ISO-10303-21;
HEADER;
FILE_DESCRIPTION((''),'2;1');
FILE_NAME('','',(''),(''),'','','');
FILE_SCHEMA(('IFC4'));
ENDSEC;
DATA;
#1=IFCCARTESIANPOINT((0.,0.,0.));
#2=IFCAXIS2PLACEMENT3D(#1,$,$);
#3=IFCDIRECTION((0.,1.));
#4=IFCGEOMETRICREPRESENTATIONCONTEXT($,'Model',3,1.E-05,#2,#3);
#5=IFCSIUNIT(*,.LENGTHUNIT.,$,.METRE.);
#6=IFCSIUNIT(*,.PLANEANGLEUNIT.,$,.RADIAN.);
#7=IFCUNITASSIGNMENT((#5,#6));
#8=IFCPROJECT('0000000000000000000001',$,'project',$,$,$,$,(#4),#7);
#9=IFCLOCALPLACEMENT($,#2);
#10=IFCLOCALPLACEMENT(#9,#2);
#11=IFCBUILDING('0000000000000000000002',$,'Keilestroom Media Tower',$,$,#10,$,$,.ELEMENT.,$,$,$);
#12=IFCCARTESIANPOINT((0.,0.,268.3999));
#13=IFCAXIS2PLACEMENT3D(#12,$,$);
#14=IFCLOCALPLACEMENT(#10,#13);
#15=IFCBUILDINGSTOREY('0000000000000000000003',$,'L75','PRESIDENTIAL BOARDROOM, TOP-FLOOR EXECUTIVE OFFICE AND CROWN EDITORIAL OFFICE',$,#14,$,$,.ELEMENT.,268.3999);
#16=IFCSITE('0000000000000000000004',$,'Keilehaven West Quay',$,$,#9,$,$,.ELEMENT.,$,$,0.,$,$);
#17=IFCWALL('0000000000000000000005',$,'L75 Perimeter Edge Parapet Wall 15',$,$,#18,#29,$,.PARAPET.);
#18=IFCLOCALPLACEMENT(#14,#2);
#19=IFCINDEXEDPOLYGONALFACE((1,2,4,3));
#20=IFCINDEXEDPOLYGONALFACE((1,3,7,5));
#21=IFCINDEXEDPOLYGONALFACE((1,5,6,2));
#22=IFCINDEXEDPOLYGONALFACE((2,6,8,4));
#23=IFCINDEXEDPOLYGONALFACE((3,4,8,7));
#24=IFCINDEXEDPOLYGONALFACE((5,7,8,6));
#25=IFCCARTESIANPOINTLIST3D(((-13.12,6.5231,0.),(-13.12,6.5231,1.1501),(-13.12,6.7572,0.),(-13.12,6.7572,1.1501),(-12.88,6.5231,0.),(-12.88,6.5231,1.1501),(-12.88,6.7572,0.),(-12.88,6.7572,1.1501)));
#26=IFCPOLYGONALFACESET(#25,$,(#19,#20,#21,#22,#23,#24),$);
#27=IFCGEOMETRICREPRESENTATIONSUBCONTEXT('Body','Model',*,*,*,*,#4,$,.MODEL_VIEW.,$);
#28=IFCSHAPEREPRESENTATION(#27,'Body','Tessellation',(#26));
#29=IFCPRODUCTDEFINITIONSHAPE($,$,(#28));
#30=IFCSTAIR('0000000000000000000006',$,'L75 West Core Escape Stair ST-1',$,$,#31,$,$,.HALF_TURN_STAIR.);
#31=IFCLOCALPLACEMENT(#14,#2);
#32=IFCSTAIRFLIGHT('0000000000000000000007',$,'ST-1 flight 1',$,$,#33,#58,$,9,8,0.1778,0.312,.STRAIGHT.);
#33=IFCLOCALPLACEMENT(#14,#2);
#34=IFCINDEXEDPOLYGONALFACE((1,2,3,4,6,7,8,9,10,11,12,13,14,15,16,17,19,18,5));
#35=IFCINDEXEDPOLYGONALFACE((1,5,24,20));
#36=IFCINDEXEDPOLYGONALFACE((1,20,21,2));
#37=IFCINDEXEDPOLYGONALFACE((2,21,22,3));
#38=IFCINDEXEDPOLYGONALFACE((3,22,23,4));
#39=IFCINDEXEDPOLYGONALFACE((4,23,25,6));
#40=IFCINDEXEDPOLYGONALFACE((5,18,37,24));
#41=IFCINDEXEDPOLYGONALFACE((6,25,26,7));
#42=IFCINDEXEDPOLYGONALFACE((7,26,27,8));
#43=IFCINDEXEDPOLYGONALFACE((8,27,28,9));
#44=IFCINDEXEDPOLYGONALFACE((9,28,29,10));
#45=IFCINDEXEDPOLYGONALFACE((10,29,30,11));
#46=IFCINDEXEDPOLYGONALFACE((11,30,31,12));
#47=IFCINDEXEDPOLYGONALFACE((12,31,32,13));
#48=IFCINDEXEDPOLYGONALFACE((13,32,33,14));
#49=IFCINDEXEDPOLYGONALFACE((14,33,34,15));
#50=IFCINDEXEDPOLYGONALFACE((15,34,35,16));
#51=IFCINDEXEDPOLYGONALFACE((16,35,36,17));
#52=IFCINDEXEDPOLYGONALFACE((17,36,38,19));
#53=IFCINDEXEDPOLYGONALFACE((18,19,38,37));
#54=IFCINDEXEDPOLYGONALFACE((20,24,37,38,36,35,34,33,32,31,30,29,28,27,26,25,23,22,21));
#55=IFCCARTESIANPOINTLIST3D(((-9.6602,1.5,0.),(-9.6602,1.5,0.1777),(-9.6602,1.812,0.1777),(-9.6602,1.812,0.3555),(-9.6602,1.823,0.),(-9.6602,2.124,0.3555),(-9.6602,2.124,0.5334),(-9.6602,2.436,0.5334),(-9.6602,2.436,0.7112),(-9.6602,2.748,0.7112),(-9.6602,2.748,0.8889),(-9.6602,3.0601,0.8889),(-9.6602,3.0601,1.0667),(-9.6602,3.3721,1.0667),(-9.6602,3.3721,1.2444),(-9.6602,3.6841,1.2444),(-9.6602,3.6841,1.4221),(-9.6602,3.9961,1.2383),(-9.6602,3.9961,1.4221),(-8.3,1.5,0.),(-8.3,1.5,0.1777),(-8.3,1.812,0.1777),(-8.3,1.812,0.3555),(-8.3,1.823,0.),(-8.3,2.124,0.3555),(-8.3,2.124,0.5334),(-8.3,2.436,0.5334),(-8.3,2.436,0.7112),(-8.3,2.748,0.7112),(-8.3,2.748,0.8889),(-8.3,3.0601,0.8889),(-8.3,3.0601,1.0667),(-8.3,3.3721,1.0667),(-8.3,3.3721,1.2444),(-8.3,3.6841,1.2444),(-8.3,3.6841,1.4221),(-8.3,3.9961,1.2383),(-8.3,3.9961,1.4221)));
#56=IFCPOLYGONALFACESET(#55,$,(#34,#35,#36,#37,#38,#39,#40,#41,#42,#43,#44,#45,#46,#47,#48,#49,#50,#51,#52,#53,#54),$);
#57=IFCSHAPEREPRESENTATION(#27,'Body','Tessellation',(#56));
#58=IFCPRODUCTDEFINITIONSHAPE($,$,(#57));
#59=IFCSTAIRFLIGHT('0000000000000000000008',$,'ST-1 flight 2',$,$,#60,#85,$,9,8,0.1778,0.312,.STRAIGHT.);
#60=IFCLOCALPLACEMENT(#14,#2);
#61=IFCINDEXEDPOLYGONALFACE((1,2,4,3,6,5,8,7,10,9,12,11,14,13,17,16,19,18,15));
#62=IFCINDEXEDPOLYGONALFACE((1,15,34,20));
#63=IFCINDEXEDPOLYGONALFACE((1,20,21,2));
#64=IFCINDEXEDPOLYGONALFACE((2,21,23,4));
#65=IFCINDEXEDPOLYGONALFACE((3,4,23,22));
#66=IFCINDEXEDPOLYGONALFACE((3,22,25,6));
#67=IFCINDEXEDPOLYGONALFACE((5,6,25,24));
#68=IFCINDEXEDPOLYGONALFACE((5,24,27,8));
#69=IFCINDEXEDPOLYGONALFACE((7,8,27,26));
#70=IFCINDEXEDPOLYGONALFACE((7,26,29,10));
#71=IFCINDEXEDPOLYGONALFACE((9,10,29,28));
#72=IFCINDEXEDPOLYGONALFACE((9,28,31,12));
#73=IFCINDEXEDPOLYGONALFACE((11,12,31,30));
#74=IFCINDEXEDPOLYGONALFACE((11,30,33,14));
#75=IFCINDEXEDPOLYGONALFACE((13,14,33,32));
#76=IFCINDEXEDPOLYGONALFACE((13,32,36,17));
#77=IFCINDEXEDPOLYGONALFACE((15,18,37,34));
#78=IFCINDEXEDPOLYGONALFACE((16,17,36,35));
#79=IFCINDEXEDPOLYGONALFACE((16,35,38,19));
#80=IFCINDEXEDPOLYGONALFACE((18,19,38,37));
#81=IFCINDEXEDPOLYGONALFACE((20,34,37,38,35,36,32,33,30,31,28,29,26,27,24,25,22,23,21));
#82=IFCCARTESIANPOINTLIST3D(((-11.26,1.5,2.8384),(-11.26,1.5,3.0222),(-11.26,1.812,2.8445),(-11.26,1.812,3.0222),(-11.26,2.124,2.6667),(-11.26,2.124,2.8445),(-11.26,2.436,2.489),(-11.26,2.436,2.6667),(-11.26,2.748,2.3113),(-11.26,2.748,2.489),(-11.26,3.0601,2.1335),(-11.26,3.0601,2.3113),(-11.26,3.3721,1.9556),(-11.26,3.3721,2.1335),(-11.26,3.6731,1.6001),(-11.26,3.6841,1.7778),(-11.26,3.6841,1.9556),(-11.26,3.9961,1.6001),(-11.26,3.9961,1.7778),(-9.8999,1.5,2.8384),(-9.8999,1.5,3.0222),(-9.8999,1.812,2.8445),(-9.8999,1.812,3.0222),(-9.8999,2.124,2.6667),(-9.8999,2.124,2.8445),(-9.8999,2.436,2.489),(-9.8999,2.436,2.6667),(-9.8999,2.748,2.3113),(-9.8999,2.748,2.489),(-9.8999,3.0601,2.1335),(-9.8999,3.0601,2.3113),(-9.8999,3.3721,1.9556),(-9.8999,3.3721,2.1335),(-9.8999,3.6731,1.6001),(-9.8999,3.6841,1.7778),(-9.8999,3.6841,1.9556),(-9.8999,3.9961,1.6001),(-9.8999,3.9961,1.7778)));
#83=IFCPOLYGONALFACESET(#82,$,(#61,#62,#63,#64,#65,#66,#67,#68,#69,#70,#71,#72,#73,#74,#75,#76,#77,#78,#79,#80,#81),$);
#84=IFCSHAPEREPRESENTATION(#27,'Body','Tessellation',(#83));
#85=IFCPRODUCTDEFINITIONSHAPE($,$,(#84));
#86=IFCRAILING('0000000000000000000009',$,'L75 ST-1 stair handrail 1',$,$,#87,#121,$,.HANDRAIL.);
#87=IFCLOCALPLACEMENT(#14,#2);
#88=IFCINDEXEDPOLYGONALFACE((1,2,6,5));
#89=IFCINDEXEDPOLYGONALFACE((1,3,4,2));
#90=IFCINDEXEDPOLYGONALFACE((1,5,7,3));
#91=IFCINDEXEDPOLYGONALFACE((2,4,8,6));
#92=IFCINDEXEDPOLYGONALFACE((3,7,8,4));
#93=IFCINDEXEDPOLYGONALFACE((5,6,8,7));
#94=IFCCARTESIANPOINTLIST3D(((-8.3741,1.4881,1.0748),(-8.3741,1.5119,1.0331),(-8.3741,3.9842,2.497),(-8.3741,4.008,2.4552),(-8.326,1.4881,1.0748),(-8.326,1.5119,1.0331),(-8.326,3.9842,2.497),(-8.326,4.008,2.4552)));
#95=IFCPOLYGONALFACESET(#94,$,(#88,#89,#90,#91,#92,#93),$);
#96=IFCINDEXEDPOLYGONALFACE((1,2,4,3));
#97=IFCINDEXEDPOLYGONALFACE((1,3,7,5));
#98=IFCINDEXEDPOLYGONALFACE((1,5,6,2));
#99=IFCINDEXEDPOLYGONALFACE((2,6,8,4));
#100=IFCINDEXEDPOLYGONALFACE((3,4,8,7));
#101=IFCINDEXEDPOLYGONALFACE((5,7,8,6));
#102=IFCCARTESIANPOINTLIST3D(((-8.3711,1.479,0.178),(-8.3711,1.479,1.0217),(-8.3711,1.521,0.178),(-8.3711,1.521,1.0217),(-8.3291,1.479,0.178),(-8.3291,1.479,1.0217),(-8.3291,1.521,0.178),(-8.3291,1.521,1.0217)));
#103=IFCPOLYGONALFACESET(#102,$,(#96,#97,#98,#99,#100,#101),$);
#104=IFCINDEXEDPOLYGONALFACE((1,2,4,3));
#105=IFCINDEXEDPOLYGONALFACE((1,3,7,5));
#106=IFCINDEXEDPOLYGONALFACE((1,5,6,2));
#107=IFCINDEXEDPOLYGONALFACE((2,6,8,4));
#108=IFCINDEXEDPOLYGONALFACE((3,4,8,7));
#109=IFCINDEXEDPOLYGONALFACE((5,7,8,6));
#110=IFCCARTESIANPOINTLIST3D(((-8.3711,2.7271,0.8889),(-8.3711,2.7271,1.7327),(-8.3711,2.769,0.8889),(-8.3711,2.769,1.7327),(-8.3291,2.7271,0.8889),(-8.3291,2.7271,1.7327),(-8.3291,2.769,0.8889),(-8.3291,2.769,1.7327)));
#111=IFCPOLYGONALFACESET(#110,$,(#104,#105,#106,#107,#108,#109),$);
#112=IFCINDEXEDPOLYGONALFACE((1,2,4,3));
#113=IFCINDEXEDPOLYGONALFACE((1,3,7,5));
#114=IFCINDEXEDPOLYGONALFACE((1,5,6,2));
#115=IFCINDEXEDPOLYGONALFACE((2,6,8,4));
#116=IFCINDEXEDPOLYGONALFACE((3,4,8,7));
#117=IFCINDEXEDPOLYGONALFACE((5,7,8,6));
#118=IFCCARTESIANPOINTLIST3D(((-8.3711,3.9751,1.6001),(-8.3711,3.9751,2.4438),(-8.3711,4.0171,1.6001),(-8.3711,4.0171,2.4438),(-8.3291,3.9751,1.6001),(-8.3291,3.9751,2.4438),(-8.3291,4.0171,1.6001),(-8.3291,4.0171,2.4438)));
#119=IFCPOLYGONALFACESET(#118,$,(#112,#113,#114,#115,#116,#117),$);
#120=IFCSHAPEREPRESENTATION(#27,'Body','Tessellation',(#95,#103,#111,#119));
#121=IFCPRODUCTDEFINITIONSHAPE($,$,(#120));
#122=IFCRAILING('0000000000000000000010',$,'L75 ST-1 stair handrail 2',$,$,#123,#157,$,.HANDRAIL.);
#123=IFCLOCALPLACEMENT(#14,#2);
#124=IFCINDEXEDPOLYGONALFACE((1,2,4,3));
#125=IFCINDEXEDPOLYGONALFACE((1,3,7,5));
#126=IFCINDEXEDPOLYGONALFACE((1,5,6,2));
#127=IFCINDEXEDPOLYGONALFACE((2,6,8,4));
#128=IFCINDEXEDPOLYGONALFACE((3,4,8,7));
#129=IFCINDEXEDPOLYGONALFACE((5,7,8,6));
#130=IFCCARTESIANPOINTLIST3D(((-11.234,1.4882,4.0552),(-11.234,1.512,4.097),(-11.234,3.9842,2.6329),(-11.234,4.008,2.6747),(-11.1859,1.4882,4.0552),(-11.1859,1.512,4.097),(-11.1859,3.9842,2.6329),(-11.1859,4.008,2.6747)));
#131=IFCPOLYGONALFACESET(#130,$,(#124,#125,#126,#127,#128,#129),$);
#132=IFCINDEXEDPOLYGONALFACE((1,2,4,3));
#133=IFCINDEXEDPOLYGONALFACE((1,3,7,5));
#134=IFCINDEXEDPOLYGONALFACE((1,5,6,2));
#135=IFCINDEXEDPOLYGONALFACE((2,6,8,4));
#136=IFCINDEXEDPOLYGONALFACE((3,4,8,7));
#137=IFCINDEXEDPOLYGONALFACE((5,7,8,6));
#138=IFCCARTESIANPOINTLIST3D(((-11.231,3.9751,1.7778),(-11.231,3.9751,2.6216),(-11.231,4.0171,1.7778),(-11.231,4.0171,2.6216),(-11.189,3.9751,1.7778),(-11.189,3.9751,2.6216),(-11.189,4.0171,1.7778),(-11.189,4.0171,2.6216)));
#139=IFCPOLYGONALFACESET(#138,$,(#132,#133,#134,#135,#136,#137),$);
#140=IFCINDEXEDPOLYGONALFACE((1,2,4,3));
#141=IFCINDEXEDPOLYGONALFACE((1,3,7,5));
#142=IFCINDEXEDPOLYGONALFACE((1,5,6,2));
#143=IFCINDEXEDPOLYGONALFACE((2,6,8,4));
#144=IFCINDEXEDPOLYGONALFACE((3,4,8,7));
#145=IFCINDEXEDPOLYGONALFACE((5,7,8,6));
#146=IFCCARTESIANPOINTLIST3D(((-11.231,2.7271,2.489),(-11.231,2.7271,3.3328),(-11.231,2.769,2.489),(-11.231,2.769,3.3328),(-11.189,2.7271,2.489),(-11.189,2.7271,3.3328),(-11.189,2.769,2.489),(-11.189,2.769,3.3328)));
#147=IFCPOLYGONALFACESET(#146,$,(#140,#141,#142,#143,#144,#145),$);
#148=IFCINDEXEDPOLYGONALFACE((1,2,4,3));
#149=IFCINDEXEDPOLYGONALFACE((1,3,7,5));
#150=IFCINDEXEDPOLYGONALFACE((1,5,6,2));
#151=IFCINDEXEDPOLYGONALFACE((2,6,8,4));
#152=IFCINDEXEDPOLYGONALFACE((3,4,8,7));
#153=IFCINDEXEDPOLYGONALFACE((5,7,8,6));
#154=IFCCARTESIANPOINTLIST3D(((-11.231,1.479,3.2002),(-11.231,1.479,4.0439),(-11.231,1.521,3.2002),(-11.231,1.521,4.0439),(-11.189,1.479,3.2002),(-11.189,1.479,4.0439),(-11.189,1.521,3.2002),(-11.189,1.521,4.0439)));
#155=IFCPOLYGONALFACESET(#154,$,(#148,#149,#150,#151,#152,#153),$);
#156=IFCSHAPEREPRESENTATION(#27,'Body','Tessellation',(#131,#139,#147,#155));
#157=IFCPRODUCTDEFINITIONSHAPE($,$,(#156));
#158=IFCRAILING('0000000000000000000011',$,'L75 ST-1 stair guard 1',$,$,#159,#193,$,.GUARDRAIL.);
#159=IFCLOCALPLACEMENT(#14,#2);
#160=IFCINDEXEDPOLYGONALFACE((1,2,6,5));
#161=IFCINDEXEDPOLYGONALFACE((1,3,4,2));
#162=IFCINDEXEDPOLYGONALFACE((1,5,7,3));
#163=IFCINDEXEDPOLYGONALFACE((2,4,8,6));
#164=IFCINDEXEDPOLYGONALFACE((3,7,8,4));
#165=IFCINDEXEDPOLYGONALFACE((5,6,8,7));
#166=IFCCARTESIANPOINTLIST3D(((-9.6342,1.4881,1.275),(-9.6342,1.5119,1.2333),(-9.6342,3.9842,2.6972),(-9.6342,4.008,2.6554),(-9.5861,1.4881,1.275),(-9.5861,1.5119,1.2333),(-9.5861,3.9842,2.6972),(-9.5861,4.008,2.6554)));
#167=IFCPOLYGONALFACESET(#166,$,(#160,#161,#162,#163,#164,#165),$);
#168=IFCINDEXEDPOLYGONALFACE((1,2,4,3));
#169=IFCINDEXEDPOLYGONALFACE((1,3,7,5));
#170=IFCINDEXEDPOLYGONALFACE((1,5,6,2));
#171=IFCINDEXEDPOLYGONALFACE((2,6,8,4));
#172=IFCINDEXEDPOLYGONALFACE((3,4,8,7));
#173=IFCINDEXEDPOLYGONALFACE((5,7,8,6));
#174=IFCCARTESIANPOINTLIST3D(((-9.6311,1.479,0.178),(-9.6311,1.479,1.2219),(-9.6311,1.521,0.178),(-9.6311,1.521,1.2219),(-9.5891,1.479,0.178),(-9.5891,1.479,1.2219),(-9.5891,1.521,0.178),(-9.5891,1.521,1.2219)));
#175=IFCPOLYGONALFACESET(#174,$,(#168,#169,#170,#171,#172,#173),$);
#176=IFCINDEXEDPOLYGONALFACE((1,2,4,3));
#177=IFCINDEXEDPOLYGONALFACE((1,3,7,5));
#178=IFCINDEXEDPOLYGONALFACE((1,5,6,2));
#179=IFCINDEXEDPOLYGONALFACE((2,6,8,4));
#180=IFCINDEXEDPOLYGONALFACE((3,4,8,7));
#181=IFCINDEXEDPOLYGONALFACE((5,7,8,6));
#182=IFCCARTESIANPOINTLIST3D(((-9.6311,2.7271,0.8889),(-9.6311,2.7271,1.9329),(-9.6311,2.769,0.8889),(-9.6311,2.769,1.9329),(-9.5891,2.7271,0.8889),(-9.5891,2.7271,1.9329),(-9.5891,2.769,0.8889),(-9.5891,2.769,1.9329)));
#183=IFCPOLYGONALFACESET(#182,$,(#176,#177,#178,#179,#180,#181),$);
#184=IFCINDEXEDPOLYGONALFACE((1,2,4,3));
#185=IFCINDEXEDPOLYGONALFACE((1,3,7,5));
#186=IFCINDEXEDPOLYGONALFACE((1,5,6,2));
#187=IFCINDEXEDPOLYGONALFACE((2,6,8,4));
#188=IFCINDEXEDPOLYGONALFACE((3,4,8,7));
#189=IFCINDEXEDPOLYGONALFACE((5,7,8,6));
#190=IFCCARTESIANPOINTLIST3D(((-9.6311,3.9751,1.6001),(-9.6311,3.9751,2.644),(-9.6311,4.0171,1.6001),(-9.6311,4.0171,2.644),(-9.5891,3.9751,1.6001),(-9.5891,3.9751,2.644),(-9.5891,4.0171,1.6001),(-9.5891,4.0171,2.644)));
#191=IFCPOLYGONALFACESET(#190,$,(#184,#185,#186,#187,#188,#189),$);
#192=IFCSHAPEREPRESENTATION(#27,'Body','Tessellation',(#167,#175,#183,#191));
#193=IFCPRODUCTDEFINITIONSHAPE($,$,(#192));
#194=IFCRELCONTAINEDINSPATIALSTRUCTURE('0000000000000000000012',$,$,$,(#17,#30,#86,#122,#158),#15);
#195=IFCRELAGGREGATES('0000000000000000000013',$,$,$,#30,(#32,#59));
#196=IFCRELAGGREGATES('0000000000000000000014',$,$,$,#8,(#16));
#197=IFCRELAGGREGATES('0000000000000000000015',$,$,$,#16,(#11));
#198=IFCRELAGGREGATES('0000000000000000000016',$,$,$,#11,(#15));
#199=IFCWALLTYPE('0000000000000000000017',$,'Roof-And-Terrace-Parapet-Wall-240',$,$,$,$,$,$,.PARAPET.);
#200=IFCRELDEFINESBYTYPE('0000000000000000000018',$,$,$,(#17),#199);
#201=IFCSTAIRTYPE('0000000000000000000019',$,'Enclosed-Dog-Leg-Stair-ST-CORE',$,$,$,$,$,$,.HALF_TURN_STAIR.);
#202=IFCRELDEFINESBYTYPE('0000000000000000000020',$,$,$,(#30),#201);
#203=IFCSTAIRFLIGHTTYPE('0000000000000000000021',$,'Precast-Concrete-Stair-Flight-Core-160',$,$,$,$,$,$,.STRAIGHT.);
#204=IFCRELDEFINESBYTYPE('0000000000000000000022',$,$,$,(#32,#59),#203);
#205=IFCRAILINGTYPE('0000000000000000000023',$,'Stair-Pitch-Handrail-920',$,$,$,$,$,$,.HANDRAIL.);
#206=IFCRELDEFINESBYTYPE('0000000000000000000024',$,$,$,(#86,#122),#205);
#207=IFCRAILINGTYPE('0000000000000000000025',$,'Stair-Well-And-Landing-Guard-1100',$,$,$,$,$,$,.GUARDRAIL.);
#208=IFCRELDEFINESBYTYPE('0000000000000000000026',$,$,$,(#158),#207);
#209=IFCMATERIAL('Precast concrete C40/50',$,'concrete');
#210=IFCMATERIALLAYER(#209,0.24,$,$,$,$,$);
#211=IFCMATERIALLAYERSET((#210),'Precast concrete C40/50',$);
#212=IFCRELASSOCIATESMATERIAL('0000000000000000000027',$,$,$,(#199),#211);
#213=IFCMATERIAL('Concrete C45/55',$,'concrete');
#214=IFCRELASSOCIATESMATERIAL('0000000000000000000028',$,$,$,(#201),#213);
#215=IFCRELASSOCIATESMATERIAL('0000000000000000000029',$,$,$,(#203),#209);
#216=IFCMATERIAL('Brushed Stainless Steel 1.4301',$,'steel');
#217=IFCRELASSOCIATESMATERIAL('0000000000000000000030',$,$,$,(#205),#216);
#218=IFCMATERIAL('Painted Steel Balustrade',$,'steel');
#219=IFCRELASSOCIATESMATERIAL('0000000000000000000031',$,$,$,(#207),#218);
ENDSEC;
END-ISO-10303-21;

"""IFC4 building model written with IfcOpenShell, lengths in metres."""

from ifc_helpers import new_model, si_unit, direction, frame, frame_2d, origin, origin_2d, place, context, subcontext, project, spatial, polyline, rectangle, outline, extrude, material, layer, layer_set, type_object, element, aggregate, save


model = new_model("IFC4")

# Units and contexts
model_context = context("Model", 3, precision=1e-05, world=origin(), true_north=direction((0.0, 1.0)))
body_context = subcontext(model_context, "Body", "Model", "MODEL_VIEW")
ifc_project = project(units=[si_unit("LENGTHUNIT", "METRE"), si_unit("PLANEANGLEUNIT", "RADIAN")], contexts=[model_context])

# Site, building, storey
site_placement = place(None, origin())
site = spatial("IfcSite", under=ifc_project, at=site_placement, Name="Keilehaven West Quay", CompositionType="ELEMENT", RefElevation=0.0)
building_placement = place(site_placement, origin())
building = spatial("IfcBuilding", under=site, at=building_placement, Name="Keilestroom Media Tower", CompositionType="ELEMENT")
storey_placement = place(building_placement, frame((0.0, 0.0, 268.3999)))
storey = spatial("IfcBuildingStorey", under=building, at=storey_placement, Name="L75", Description="PRESIDENTIAL BOARDROOM, TOP-FLOOR EXECUTIVE OFFICE AND CROWN EDITORIAL OFFICE", CompositionType="ELEMENT", Elevation=268.3999)

# Shared definitions
ifc_material_1 = material(Name="Precast concrete C40/50", Category="concrete")

# Wall
ifc_layer_1 = layer(ifc_material_1, 0.24)
ifc_layer_set_1 = layer_set([ifc_layer_1], Name="Precast concrete C40/50")
wall_type_1 = type_object("IfcWallType", Name="Roof-And-Terrace-Parapet-Wall-240", PredefinedType="PARAPET", material=ifc_layer_set_1)
wall_1_placement = place(storey_placement, frame((-13.0, 6.5229, 0.0), z_axis=(0.0, 0.0, 1.0), x_axis=(0.0, 1.0, 0.0)))
element("IfcWall", 1, at=wall_1_placement, inside=storey, type_object=wall_type_1, Name="L75 Perimeter Edge Parapet Wall 15", PredefinedType="PARAPET", context=body_context, shape_type="SweptSolid", body=[
    extrude(rectangle(XDim=0.2341, YDim=0.24, at=frame_2d((0.1172, 0.0))), origin(), (0.0, 0.0, 1.0), 1.1501),
])

# Stair, stair flights
ifc_material_2 = material(Name="Concrete C45/55", Category="concrete")
stair_type = type_object("IfcStairType", Name="Enclosed-Dog-Leg-Stair-ST-CORE", PredefinedType="HALF_TURN_STAIR", material=ifc_material_2)
stair_placement = place(storey_placement, origin())
stair = element("IfcStair", 2, at=stair_placement, inside=storey, type_object=stair_type, Name="L75 West Core Escape Stair ST-1", PredefinedType="HALF_TURN_STAIR")
stair_flight_type = type_object("IfcStairFlightType", Name="Precast-Concrete-Stair-Flight-Core-160", PredefinedType="STRAIGHT", material=ifc_material_1)
stair_flight_1_placement = place(storey_placement, frame((-8.98, 1.5, 0.0), z_axis=(0.0, 0.0, 1.0), x_axis=(0.0, 1.0, 0.0)))
stair_flight_1 = element("IfcStairFlight", 3, at=stair_flight_1_placement, type_object=stair_flight_type, Name="ST-1 flight 1", NumberOfRisers=9, NumberOfTreads=8, PredefinedType="STRAIGHT", RiserHeight=0.1778, TreadLength=0.312, context=body_context, shape_type="SweptSolid", body=[
    extrude(outline(polyline([(0.0, 0.0), (0.0, 0.1777), (0.312, 0.1777), (0.312, 0.3555), (0.624, 0.3555), (0.624, 0.5334), (0.936, 0.5334), (0.936, 0.7112), (1.248, 0.7112), (1.248, 0.8889), (1.5601, 0.8889), (1.5601, 1.0667), (1.8721, 1.0667), (1.8721, 1.2444), (2.1841, 1.2444), (2.1841, 1.4221), (2.4961, 1.4221), (2.4961, 1.6001), (2.4961, 1.2383), (0.323, 0.0), (0.0, 0.0)])), frame((0.0, 0.6802, 0.0), z_axis=(0.0, -1.0, 0.0), x_axis=(1.0, 0.0, 0.0)), (0.0, 0.0, 1.0), 1.3601),
])
stair_flight_2_placement = place(storey_placement, frame((-10.5801, 3.9961, 1.6001), z_axis=(0.0, 0.0, 1.0), x_axis=(0.0, -1.0, 0.0)))
stair_flight_2 = element("IfcStairFlight", 4, at=stair_flight_2_placement, type_object=stair_flight_type, Name="ST-1 flight 2", NumberOfRisers=9, NumberOfTreads=8, PredefinedType="STRAIGHT", RiserHeight=0.1778, TreadLength=0.312, context=body_context, shape_type="SweptSolid", body=[
    extrude(outline(polyline([(0.0, 0.0), (0.0, 0.1777), (0.312, 0.1777), (0.312, 0.3555), (0.624, 0.3555), (0.624, 0.5334), (0.936, 0.5334), (0.936, 0.7112), (1.248, 0.7112), (1.248, 0.8889), (1.5601, 0.8889), (1.5601, 1.0667), (1.8721, 1.0667), (1.8721, 1.2444), (2.1841, 1.2444), (2.1841, 1.4221), (2.4961, 1.4221), (2.4961, 1.6001), (2.4961, 1.2383), (0.323, 0.0), (0.0, 0.0)])), frame((0.0, 0.6802, 0.0), z_axis=(0.0, -1.0, 0.0), x_axis=(1.0, 0.0, 0.0)), (0.0, 0.0, 1.0), 1.3601),
])
aggregate(stair, [stair_flight_1, stair_flight_2])

# Railings
ifc_material_3 = material(Name="Brushed Stainless Steel 1.4301", Category="steel")
railing_type_1 = type_object("IfcRailingType", Name="Stair-Pitch-Handrail-920", PredefinedType="HANDRAIL", material=ifc_material_3)
railing_1_placement = place(storey_placement, frame((-8.3501, 1.5, 0.178)))
element("IfcRailing", 5, at=railing_1_placement, inside=storey, type_object=railing_type_1, Name="L75 ST-1 stair handrail 1", PredefinedType="HANDRAIL", context=body_context, shape_type="SweptSolid", body=[
    extrude(rectangle(XDim=0.0481, YDim=0.0481, at=origin_2d()), frame((0.0, 0.0, 0.876), z_axis=(0.0, 0.868875, 0.495031), x_axis=(-1.0, 0.0, 0.0)), (0.0, 0.0, 1.0), 2.8728),
    extrude(rectangle(XDim=0.042, YDim=0.042, at=origin_2d()), origin(), (0.0, 0.0, 1.0), 0.8438),
    extrude(rectangle(XDim=0.042, YDim=0.042, at=origin_2d()), frame((0.0, 1.248, 0.7109)), (0.0, 0.0, 1.0), 0.8438),
    extrude(rectangle(XDim=0.042, YDim=0.042, at=origin_2d()), frame((0.0, 2.4961, 1.4221)), (0.0, 0.0, 1.0), 0.8438),
])
railing_2_placement = place(storey_placement, frame((-11.21, 3.9961, 1.7778)))
element("IfcRailing", 6, at=railing_2_placement, inside=storey, type_object=railing_type_1, Name="L75 ST-1 stair handrail 2", PredefinedType="HANDRAIL", context=body_context, shape_type="SweptSolid", body=[
    extrude(rectangle(XDim=0.0481, YDim=0.0481, at=origin_2d()), frame((0.0, 0.0, 0.876), z_axis=(0.0, -0.868839, 0.495095), x_axis=(1.0, 0.0, 0.0)), (0.0, 0.0, 1.0), 2.8728),
    extrude(rectangle(XDim=0.042, YDim=0.042, at=origin_2d()), origin(), (0.0, 0.0, 1.0), 0.8438),
    extrude(rectangle(XDim=0.042, YDim=0.042, at=origin_2d()), frame((0.0, -1.248, 0.7112)), (0.0, 0.0, 1.0), 0.8438),
    extrude(rectangle(XDim=0.042, YDim=0.042, at=origin_2d()), frame((0.0, -2.4961, 1.4224)), (0.0, 0.0, 1.0), 0.8438),
])
ifc_material_4 = material(Name="Painted Steel Balustrade", Category="steel")
railing_type_2 = type_object("IfcRailingType", Name="Stair-Well-And-Landing-Guard-1100", PredefinedType="GUARDRAIL", material=ifc_material_4)
railing_3_placement = place(storey_placement, frame((-9.6101, 1.5, 0.178)))
element("IfcRailing", 7, at=railing_3_placement, inside=storey, type_object=railing_type_2, Name="L75 ST-1 stair guard 1", PredefinedType="GUARDRAIL", context=body_context, shape_type="SweptSolid", body=[
    extrude(rectangle(XDim=0.0481, YDim=0.0481, at=origin_2d()), frame((0.0, 0.0, 1.0762), z_axis=(0.0, 0.868875, 0.495031), x_axis=(-1.0, 0.0, 0.0)), (0.0, 0.0, 1.0), 2.8728),
    extrude(rectangle(XDim=0.042, YDim=0.042, at=origin_2d()), origin(), (0.0, 0.0, 1.0), 1.0439),
    extrude(rectangle(XDim=0.042, YDim=0.042, at=origin_2d()), frame((0.0, 1.248, 0.7109)), (0.0, 0.0, 1.0), 1.0439),
    extrude(rectangle(XDim=0.042, YDim=0.042, at=origin_2d()), frame((0.0, 2.4961, 1.4221)), (0.0, 0.0, 1.0), 1.0439),
])

save(model, "model.ifc")
